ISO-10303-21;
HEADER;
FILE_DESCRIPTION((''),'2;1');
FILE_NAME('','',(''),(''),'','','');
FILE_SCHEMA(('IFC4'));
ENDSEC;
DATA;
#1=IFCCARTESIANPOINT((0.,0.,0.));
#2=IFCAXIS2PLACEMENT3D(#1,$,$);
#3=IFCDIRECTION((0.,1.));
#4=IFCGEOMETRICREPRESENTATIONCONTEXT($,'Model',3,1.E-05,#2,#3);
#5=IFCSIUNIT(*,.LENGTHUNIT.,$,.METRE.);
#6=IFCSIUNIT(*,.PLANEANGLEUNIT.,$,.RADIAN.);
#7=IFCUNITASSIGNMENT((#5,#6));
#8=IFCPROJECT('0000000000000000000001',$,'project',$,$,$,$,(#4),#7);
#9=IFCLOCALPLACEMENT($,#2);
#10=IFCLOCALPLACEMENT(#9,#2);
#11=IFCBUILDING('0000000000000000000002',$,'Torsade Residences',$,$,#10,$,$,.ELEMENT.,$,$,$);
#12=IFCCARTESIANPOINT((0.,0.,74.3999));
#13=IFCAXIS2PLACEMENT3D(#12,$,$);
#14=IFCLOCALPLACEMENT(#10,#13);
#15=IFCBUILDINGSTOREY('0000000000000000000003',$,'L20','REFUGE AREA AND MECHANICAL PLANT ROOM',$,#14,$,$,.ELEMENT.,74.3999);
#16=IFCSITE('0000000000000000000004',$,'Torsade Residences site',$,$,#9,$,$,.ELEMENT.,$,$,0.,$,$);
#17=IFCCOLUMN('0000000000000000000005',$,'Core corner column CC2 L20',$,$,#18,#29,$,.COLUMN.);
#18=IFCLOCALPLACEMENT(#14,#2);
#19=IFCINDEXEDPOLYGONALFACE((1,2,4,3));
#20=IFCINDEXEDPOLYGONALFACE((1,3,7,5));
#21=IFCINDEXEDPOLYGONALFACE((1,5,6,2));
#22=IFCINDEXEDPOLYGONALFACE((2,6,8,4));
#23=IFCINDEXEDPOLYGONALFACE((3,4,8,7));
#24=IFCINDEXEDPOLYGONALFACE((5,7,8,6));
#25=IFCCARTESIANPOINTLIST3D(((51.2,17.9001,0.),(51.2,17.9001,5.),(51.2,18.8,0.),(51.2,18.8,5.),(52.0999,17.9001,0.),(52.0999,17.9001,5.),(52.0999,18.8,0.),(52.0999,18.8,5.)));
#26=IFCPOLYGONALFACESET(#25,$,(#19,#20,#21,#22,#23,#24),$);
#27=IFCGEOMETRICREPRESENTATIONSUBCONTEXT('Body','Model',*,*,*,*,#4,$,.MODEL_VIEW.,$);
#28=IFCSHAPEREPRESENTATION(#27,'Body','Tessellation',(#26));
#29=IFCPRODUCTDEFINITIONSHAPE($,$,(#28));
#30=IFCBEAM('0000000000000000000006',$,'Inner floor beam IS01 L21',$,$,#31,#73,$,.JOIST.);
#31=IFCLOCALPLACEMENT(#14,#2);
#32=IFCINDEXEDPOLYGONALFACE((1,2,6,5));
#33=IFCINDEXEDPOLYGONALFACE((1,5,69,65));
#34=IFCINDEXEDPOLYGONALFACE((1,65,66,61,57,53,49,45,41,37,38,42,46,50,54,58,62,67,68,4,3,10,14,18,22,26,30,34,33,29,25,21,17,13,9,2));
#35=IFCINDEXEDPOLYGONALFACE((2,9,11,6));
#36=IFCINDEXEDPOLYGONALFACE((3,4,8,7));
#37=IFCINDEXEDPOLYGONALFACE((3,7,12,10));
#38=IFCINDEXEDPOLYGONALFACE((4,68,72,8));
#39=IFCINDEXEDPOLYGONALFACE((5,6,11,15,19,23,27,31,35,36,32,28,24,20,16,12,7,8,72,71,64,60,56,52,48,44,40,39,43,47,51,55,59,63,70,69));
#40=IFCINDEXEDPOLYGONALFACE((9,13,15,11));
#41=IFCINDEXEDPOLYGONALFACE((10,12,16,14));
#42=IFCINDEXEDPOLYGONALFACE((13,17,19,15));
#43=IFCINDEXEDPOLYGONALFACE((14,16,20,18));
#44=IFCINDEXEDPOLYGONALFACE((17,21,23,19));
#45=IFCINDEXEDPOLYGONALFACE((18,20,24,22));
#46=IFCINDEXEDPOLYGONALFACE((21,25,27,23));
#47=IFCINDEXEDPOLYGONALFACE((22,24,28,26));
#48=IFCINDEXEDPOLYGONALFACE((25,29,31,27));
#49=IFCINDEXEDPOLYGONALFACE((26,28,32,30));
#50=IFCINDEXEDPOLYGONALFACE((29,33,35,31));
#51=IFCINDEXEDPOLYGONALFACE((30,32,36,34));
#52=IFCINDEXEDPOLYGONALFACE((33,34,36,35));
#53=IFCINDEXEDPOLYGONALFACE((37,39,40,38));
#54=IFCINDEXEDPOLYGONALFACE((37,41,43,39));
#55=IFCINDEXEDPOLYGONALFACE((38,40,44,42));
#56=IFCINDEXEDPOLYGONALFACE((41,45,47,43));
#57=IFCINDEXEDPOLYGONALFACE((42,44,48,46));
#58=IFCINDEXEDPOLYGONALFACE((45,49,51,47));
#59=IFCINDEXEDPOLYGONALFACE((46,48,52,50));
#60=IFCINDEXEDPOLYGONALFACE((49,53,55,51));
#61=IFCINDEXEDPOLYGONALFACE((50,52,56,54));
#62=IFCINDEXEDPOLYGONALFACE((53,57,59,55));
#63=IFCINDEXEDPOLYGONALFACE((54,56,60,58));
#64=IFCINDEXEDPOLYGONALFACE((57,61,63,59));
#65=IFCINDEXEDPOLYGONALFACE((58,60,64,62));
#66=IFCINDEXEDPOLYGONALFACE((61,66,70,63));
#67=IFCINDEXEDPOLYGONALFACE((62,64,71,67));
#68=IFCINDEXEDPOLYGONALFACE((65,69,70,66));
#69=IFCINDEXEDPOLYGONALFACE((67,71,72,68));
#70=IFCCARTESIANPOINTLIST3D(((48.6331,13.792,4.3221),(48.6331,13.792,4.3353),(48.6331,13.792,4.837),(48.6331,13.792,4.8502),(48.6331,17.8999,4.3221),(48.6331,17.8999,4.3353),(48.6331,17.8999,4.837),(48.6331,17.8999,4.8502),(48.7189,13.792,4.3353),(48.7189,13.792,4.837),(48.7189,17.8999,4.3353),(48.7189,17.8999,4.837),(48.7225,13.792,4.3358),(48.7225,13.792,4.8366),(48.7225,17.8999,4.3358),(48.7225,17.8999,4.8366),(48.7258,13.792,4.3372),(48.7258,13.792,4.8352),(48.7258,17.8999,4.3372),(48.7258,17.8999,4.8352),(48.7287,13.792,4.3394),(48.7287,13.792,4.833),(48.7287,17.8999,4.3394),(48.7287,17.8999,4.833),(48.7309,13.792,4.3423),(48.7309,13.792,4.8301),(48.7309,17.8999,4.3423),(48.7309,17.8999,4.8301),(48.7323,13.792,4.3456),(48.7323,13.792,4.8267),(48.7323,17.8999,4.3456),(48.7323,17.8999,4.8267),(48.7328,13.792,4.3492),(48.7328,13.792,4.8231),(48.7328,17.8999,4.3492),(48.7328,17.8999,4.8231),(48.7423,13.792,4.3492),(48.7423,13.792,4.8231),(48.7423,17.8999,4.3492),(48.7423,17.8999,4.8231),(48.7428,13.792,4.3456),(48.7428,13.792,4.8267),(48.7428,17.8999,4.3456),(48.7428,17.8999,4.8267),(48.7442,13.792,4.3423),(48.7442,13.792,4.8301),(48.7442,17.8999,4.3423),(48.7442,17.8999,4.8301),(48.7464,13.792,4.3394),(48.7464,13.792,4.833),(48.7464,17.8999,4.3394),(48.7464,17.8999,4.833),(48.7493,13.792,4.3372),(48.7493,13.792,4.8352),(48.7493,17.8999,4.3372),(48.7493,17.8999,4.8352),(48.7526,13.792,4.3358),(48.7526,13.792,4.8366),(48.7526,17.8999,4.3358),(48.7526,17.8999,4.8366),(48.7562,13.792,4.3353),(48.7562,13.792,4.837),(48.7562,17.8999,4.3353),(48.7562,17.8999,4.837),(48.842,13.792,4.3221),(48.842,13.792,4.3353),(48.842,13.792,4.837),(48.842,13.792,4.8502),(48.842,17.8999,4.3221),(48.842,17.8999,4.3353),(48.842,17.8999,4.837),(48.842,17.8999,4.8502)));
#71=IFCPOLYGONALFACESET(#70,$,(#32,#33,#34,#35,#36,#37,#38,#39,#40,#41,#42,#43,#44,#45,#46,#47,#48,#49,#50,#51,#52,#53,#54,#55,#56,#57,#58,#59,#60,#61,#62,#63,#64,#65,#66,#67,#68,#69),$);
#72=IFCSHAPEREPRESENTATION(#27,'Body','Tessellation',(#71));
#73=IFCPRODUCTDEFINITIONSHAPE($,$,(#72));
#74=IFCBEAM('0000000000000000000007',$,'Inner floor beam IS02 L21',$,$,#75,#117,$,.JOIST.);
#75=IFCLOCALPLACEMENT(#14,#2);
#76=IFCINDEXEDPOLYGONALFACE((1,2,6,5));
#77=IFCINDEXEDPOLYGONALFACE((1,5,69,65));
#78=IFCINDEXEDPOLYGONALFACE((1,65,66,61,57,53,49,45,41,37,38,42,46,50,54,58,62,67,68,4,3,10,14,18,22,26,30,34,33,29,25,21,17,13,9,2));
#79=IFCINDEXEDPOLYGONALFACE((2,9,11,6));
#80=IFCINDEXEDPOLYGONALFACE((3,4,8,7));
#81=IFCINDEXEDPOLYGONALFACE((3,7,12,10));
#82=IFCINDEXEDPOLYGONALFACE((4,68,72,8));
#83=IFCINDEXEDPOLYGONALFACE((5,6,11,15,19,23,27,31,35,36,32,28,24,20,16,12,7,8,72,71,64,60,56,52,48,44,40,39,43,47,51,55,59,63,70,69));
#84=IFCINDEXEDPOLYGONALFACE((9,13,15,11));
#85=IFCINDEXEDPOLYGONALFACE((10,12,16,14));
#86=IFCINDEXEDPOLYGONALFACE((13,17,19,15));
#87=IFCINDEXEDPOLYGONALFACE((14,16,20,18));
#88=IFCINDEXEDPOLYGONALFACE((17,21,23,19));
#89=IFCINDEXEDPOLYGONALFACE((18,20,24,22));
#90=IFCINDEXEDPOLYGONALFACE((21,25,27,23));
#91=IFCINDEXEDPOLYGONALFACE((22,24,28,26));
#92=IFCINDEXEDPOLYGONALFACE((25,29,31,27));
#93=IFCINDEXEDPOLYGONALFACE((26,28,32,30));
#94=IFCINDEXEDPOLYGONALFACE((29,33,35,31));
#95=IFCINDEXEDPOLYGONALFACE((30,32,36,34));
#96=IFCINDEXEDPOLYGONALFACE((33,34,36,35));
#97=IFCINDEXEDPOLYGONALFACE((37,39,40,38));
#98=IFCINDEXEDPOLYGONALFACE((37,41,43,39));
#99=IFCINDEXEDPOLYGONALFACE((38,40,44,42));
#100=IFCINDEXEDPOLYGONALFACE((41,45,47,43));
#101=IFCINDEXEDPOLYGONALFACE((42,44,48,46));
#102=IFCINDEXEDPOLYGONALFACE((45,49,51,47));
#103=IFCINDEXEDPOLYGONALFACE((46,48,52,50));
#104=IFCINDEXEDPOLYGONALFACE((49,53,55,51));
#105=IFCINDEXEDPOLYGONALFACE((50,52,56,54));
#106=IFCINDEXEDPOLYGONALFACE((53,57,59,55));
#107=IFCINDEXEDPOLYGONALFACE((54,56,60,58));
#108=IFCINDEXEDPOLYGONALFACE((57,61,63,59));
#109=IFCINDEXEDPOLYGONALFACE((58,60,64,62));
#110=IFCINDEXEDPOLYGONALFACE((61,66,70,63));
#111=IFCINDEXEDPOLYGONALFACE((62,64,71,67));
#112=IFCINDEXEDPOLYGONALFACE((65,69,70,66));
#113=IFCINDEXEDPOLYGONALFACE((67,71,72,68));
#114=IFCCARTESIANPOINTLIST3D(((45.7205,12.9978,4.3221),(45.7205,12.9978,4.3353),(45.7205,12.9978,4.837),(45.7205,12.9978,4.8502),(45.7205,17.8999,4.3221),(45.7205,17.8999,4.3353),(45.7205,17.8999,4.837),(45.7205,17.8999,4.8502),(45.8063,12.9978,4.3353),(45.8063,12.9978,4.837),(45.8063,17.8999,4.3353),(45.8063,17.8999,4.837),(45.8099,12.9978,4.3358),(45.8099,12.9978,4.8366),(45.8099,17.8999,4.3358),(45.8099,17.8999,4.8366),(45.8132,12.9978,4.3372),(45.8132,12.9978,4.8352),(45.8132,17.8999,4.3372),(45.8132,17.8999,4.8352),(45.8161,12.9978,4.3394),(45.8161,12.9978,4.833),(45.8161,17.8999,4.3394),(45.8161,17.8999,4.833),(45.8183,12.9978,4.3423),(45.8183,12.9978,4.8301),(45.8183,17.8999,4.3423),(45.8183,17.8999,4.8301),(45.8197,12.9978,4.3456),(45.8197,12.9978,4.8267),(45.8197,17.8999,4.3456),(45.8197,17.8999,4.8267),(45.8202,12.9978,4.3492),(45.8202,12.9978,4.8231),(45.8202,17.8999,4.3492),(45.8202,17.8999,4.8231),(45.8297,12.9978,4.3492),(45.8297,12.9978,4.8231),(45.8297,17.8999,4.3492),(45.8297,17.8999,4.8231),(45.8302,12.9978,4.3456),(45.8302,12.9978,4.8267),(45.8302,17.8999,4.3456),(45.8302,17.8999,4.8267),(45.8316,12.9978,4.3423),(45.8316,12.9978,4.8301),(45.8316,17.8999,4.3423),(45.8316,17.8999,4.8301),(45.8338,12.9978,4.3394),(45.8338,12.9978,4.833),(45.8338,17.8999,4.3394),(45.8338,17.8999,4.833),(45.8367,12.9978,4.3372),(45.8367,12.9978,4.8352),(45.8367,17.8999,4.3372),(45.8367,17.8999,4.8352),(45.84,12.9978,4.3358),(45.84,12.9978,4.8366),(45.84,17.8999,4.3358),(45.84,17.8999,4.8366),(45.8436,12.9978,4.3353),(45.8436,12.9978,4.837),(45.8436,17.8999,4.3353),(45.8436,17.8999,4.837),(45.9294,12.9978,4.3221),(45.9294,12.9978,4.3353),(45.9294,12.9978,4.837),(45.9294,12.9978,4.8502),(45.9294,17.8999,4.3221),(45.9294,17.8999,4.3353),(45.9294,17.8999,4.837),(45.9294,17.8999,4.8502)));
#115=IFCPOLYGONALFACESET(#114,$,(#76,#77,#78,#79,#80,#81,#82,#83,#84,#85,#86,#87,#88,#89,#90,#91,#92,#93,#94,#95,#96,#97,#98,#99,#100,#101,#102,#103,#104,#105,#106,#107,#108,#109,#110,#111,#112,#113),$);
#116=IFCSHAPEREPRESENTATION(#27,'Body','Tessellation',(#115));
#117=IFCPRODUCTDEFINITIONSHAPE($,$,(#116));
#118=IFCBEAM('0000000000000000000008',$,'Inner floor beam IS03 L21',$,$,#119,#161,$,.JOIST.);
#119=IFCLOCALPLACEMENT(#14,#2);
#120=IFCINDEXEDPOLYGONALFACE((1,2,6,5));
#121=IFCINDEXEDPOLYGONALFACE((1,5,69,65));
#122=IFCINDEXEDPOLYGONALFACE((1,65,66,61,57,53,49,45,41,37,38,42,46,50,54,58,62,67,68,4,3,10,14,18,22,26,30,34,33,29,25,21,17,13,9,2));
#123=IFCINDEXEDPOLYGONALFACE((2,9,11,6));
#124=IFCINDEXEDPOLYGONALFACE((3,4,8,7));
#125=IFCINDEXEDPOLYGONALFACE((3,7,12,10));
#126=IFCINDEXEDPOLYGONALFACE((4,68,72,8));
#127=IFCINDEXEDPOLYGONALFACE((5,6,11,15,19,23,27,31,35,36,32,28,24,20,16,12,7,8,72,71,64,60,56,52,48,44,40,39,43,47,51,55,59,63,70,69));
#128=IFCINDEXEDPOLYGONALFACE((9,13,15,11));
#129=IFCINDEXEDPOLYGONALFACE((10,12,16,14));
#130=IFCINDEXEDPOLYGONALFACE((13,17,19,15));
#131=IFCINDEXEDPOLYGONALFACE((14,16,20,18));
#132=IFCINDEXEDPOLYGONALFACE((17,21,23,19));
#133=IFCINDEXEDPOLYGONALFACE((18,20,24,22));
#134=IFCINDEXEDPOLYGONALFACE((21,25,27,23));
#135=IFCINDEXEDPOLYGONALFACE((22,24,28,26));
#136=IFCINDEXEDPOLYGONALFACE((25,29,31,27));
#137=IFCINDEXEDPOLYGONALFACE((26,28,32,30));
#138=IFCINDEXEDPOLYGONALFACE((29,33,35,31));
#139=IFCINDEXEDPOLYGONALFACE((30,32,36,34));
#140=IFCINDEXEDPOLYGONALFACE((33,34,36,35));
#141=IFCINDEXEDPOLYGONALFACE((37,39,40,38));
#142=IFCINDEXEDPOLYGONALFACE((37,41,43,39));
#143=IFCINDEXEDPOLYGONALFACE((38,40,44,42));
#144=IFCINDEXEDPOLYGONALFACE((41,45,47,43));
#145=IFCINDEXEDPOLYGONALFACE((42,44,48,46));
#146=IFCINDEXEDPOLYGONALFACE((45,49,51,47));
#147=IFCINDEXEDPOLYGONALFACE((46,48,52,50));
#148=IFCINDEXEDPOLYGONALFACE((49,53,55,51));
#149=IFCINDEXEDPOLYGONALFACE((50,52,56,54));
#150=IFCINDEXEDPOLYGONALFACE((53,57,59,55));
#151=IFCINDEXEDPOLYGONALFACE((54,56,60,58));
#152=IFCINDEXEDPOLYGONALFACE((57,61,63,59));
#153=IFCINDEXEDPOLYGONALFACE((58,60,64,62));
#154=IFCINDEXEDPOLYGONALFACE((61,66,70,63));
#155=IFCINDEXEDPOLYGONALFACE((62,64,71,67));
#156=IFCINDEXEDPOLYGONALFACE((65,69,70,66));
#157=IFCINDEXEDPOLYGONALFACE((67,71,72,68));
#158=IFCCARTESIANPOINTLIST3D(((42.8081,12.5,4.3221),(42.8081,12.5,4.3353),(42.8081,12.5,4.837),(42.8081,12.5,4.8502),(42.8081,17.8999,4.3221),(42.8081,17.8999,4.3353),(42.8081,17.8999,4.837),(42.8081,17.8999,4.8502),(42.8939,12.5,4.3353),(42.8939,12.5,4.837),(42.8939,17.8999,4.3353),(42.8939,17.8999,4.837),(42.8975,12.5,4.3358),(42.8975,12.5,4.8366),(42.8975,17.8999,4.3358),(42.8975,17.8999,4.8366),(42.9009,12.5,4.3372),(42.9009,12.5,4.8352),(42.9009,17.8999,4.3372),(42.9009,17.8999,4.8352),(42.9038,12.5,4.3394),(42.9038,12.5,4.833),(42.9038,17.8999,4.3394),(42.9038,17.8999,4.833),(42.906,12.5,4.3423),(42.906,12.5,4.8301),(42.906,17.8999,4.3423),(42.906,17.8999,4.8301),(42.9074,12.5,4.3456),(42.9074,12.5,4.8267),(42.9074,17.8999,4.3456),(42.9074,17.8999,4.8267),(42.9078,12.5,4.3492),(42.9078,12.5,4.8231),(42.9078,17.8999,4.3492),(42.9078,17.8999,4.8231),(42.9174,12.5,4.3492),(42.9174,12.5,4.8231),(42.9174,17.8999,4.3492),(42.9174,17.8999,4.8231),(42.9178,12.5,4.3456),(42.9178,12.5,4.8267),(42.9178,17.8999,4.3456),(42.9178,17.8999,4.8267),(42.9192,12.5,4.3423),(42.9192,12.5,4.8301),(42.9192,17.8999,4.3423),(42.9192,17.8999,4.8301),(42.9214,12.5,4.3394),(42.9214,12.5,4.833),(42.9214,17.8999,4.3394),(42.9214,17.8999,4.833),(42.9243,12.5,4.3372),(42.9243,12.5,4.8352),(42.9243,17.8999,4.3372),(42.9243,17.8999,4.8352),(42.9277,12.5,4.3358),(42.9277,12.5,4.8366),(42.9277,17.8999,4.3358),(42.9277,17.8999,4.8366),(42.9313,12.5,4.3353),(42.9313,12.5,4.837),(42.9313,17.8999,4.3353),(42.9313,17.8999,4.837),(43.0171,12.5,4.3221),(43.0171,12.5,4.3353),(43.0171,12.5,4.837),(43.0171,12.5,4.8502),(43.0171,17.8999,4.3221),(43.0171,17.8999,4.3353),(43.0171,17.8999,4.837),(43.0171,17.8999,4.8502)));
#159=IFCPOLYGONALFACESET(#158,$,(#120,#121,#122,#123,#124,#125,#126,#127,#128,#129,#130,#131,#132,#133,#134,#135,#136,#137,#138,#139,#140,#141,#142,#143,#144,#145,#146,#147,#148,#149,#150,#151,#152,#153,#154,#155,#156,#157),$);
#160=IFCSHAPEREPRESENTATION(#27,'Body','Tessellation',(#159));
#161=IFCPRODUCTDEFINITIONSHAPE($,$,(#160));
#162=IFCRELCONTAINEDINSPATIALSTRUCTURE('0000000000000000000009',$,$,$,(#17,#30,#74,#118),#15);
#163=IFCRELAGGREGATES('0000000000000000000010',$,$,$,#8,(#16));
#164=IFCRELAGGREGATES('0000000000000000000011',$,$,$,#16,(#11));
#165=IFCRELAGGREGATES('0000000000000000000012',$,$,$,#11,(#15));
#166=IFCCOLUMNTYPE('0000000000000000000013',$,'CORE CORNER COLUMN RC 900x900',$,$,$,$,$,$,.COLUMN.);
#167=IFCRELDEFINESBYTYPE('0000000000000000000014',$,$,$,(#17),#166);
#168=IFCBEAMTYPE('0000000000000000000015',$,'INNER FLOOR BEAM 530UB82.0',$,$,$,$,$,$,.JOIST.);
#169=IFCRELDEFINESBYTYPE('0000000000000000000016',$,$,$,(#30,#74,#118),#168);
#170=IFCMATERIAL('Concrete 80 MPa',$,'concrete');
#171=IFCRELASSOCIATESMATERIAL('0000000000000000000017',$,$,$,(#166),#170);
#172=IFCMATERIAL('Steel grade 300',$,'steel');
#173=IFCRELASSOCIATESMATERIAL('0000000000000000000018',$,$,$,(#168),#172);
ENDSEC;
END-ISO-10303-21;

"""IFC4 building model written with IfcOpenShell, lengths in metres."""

from ifc_helpers import new_model, si_unit, direction, frame, origin, origin_2d, place, context, subcontext, project, spatial, rectangle, i_section, extrude, material, material_profile, profile_set, type_object, element, save


model = new_model("IFC4")

# Units and contexts
model_context = context("Model", 3, precision=1e-05, world=origin(), true_north=direction((0.0, 1.0)))
body_context = subcontext(model_context, "Body", "Model", "MODEL_VIEW")
ifc_project = project(units=[si_unit("LENGTHUNIT", "METRE"), si_unit("PLANEANGLEUNIT", "RADIAN")], contexts=[model_context])

# Site, building, storey
site_placement = place(None, origin())
site = spatial("IfcSite", under=ifc_project, at=site_placement, Name="Torsade Residences site", CompositionType="ELEMENT", RefElevation=0.0)
building_placement = place(site_placement, origin())
building = spatial("IfcBuilding", under=site, at=building_placement, Name="Torsade Residences", CompositionType="ELEMENT")
storey_placement = place(building_placement, frame((0.0, 0.0, 74.3999)))
storey = spatial("IfcBuildingStorey", under=building, at=storey_placement, Name="L20", Description="REFUGE AREA AND MECHANICAL PLANT ROOM", CompositionType="ELEMENT", Elevation=74.3999)

# Column
ifc_material_1 = material(Name="Concrete 80 MPa", Category="concrete")
ifc_material_profile_1 = material_profile(ifc_material_1, rectangle(XDim=0.8999, YDim=0.8999, at=origin_2d()), Name="RC 900x900")
ifc_profile_set_1 = profile_set([ifc_material_profile_1], Name="Concrete 80 MPa")
column_type = type_object("IfcColumnType", Name="CORE CORNER COLUMN RC 900x900", PredefinedType="COLUMN", material=ifc_profile_set_1)
column_placement = place(storey_placement, frame((51.6499, 18.3501, 0.0), z_axis=(0.0, 0.0, 1.0), x_axis=(1.0, 0.0, 0.0)))
element("IfcColumn", 1, at=column_placement, inside=storey, type_object=column_type, Name="Core corner column CC2 L20", PredefinedType="COLUMN", context=body_context, shape_type="SweptSolid", body=[
    extrude(rectangle(XDim=0.8999, YDim=0.8999, at=origin_2d()), origin(), (0.0, 0.0, 1.0), 5.0),
])

# Beams
ifc_material_2 = material(Name="Steel grade 300", Category="steel")
ifc_material_profile_2 = material_profile(ifc_material_2, i_section(OverallWidth=0.209, OverallDepth=0.5281, WebThickness=0.0095, FlangeThickness=0.0132, FilletRadius=0.0139, at=origin_2d()), Name="530UB82.0")
ifc_profile_set_2 = profile_set([ifc_material_profile_2], Name="Steel grade 300")
beam_type = type_object("IfcBeamType", Name="INNER FLOOR BEAM 530UB82.0", PredefinedType="JOIST", material=ifc_profile_set_2)
beam_1_placement = place(storey_placement, frame((48.7375, 17.8999, 4.5862), z_axis=(0.0, -1.0, 0.0), x_axis=(1.0, 0.0, 0.0)))
element("IfcBeam", 2, at=beam_1_placement, inside=storey, type_object=beam_type, Name="Inner floor beam IS01 L21", PredefinedType="JOIST", context=body_context, shape_type="SweptSolid", body=[
    extrude(i_section(OverallWidth=0.209, OverallDepth=0.5281, WebThickness=0.0095, FlangeThickness=0.0132, FilletRadius=0.0139, at=origin_2d()), origin(), (0.0, 0.0, 1.0), 4.1079),
])
beam_2_placement = place(storey_placement, frame((45.825, 17.8999, 4.5862), z_axis=(0.0, -1.0, 0.0), x_axis=(1.0, 0.0, 0.0)))
element("IfcBeam", 3, at=beam_2_placement, inside=storey, type_object=beam_type, Name="Inner floor beam IS02 L21", PredefinedType="JOIST", context=body_context, shape_type="SweptSolid", body=[
    extrude(i_section(OverallWidth=0.209, OverallDepth=0.5281, WebThickness=0.0095, FlangeThickness=0.0132, FilletRadius=0.0139, at=origin_2d()), origin(), (0.0, 0.0, 1.0), 4.9021),
])
for number, where, z_axis, x_axis, name in (
    (4, (42.9126, 17.8999, 4.5862), (0.0, -1.0, 0.0), (1.0, 0.0, 0.0), "Inner floor beam IS03 L21"),
):
    element("IfcBeam", number, at=place(storey_placement, frame(where, z_axis=z_axis, x_axis=x_axis)), inside=storey, type_object=beam_type, Name=name, PredefinedType="JOIST", context=body_context, shape_type="SweptSolid", body=[
        extrude(i_section(OverallWidth=0.209, OverallDepth=0.5281, WebThickness=0.0095, FlangeThickness=0.0132, FilletRadius=0.0139, at=origin_2d()), origin(), (0.0, 0.0, 1.0), 5.3999),
    ])

save(model, "model.ifc")
